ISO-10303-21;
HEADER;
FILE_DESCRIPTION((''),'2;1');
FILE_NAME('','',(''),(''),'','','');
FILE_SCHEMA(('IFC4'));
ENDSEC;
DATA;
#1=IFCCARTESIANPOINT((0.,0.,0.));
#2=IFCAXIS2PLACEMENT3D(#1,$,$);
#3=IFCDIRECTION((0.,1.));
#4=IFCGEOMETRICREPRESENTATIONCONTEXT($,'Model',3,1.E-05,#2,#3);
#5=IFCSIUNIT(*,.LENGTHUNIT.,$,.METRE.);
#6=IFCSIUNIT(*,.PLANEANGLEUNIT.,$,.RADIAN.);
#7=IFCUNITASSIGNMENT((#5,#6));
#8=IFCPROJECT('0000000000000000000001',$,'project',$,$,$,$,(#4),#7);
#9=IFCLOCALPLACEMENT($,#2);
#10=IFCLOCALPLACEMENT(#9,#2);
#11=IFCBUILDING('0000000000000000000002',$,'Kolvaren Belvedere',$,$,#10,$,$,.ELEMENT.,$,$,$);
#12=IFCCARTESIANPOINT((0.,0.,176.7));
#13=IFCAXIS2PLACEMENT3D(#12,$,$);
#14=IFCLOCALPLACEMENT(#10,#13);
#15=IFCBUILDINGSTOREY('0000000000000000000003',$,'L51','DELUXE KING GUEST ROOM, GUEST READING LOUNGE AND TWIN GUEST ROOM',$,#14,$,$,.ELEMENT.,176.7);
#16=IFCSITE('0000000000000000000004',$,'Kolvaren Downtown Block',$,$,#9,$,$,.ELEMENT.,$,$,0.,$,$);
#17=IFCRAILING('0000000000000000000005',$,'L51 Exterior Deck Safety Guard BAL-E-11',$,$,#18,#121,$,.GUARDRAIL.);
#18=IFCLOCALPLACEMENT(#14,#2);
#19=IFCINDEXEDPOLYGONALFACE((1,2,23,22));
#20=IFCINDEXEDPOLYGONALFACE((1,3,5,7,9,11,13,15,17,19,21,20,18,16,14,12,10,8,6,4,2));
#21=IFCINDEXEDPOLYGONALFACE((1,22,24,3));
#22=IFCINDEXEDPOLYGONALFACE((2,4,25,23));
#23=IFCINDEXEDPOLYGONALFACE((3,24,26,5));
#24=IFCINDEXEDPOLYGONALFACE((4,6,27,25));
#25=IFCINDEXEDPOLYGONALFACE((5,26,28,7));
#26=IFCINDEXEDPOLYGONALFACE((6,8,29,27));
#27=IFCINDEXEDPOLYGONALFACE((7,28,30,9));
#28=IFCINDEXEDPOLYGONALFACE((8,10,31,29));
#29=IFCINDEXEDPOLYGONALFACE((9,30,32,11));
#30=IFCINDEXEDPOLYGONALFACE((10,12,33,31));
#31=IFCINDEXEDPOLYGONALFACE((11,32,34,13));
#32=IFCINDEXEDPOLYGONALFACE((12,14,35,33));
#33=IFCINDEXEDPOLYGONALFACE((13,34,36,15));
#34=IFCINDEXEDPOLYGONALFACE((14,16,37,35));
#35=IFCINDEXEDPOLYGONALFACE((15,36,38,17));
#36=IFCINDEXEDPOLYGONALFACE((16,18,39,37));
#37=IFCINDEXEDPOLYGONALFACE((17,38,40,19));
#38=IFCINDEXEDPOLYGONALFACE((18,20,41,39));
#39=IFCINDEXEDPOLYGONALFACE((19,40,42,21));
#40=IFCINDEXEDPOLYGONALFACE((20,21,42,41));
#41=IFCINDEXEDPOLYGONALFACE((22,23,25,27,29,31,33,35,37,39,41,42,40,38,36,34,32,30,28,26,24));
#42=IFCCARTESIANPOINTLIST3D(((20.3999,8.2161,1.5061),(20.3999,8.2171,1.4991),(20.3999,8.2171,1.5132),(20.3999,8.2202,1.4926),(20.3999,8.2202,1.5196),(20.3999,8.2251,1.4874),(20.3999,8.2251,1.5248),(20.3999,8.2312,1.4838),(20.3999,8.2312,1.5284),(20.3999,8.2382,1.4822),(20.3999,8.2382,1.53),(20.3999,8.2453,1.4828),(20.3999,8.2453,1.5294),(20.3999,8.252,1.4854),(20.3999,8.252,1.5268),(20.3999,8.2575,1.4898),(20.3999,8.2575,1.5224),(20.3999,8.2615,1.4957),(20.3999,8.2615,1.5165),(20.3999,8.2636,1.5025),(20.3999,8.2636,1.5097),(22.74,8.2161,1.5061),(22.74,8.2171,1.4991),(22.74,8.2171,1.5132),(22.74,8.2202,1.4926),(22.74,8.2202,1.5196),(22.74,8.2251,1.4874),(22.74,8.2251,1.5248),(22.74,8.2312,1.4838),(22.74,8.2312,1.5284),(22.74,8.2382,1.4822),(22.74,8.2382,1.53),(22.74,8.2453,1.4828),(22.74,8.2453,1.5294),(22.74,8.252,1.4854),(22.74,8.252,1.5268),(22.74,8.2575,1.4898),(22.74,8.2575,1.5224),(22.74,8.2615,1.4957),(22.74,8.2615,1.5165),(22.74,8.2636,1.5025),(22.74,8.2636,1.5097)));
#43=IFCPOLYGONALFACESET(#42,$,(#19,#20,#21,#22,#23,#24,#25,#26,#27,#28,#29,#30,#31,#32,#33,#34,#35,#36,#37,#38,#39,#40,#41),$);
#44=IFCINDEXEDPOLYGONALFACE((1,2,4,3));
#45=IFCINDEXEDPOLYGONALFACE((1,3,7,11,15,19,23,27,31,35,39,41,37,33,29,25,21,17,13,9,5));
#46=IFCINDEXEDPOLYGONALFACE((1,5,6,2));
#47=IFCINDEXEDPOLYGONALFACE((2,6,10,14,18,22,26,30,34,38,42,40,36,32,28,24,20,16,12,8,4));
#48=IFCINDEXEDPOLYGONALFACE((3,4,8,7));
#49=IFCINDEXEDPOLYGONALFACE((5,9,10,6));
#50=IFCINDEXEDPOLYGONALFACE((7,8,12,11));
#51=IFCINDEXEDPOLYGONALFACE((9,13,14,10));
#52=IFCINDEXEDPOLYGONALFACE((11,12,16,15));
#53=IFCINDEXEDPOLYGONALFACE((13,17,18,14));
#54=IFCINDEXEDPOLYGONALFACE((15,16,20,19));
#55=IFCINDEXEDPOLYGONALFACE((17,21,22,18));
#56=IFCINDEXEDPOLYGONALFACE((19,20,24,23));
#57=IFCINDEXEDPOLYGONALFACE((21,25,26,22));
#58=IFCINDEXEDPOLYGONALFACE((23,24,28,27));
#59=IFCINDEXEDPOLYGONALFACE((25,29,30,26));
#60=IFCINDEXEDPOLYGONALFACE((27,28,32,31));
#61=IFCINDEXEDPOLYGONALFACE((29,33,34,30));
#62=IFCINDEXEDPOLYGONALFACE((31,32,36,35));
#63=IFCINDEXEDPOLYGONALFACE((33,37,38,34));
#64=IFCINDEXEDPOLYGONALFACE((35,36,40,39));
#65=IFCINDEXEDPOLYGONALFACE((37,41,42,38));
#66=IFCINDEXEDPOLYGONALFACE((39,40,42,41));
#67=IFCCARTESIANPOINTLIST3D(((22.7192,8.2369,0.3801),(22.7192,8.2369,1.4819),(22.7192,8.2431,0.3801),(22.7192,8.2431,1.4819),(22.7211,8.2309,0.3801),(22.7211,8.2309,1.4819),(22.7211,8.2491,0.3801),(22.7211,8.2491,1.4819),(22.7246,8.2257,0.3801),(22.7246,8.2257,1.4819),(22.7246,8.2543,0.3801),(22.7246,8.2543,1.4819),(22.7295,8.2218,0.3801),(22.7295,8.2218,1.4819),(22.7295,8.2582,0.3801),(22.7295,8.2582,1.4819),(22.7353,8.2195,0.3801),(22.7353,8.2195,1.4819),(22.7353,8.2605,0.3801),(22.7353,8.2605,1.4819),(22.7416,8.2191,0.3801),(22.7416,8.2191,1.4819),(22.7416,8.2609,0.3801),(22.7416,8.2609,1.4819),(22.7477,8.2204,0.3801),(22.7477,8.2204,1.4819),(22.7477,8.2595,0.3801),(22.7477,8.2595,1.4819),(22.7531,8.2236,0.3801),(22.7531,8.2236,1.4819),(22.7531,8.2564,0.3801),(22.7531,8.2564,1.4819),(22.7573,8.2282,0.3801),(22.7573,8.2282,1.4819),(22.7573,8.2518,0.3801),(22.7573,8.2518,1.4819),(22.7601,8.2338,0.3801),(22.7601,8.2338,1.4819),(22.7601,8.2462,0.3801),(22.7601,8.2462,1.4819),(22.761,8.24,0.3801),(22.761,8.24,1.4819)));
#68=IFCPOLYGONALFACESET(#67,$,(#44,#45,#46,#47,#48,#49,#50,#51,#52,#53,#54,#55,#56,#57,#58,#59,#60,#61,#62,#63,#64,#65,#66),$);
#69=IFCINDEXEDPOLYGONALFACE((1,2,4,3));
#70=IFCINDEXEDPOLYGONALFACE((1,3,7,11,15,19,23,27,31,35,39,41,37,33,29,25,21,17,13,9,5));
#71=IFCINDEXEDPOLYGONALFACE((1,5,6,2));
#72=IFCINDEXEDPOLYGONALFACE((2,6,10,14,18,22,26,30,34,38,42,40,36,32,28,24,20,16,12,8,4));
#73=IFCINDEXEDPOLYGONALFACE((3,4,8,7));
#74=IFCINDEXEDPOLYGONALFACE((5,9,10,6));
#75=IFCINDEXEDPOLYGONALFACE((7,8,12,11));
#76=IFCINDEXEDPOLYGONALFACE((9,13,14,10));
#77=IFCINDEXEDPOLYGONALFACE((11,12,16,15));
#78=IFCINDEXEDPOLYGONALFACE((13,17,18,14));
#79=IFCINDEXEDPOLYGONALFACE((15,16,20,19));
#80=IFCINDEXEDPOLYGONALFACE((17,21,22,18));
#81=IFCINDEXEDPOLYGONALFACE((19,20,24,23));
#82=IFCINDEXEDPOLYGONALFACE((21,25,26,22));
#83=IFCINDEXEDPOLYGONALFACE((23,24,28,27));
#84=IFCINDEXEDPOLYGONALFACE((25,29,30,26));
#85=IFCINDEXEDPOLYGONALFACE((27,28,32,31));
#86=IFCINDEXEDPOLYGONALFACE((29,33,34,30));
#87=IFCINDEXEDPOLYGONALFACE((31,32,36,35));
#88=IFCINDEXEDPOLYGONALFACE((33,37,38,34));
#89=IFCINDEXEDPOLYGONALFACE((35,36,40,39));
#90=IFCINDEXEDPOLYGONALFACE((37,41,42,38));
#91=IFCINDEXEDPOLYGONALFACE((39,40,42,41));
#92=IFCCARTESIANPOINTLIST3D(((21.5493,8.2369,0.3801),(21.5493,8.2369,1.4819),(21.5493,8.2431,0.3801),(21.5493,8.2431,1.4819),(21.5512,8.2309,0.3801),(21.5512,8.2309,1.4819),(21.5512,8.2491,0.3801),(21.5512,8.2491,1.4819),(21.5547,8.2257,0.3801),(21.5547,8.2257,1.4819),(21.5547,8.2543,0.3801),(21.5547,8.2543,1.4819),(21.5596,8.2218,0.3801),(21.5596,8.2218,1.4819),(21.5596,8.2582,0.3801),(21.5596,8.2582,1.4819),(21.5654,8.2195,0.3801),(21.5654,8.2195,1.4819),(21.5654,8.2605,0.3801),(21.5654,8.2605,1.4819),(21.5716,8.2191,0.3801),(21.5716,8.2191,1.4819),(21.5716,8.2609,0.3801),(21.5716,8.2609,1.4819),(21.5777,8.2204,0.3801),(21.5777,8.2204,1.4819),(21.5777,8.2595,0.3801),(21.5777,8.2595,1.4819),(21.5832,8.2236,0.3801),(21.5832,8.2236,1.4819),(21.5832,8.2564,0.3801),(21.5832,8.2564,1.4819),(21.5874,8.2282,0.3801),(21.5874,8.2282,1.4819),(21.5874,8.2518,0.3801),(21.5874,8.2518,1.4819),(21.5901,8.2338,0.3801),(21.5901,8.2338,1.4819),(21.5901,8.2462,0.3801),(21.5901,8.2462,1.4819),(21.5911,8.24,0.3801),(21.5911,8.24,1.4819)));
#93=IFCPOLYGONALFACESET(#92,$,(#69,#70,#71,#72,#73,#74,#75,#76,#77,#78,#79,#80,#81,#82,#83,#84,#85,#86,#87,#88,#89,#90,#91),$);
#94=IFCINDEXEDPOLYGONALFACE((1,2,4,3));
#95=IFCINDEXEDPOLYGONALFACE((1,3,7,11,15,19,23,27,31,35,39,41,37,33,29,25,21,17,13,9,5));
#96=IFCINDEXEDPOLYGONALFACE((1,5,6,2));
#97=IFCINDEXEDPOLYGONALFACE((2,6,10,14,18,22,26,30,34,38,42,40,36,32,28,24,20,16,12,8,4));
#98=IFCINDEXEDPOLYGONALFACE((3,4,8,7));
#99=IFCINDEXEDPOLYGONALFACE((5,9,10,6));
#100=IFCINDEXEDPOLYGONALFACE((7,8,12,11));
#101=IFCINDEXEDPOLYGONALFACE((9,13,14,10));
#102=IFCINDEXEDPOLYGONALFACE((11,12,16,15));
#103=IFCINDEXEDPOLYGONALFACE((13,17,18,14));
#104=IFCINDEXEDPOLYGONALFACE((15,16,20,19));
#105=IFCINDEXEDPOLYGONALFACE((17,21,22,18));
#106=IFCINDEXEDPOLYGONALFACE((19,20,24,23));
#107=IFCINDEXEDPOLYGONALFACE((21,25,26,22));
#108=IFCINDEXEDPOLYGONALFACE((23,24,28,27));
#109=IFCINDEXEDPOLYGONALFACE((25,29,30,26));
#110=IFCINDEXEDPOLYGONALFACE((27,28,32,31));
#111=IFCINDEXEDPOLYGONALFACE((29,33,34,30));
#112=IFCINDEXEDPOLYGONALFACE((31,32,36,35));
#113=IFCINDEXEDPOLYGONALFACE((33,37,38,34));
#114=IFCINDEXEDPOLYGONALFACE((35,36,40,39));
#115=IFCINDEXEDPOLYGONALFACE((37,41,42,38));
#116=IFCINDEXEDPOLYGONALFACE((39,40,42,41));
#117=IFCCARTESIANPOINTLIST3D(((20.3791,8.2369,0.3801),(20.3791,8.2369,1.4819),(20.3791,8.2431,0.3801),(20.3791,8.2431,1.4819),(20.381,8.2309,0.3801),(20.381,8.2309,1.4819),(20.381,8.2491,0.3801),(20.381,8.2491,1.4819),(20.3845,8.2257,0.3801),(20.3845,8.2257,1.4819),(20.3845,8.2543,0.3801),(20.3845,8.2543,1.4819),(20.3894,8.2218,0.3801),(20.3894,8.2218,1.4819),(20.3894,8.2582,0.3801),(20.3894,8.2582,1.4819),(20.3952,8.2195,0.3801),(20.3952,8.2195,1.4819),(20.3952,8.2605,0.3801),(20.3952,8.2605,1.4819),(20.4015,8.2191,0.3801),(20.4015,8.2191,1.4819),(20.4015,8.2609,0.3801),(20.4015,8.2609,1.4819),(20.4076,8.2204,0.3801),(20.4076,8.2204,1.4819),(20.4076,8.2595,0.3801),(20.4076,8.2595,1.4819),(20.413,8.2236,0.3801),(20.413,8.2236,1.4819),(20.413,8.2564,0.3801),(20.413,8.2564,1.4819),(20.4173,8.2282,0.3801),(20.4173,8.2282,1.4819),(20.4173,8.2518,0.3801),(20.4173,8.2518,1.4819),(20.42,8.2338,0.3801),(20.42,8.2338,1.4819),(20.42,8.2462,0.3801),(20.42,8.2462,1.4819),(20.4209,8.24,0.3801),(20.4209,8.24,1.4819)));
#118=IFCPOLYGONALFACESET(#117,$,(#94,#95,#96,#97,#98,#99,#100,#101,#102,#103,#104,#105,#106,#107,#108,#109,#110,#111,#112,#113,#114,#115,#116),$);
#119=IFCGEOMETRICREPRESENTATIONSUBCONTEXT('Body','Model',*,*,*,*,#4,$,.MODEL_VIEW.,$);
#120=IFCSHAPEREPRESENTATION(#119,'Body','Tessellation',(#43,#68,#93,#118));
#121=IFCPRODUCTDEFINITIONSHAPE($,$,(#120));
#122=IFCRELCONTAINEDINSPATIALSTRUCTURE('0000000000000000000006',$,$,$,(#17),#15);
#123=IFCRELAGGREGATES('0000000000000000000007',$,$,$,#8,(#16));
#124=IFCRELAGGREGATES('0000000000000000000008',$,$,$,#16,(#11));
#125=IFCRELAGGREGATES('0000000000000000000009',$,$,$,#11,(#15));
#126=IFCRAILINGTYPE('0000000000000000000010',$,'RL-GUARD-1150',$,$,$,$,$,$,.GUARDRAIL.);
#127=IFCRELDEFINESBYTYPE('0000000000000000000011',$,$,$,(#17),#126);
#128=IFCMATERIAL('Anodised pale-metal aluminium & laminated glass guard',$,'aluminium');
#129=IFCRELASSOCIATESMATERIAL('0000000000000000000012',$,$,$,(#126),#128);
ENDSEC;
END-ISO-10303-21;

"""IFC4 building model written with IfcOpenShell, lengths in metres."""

from ifc_helpers import new_model, si_unit, direction, frame, origin, origin_2d, place, context, subcontext, project, spatial, circle, extrude, material, type_object, element, save


model = new_model("IFC4")

# Units and contexts
model_context = context("Model", 3, precision=1e-05, world=origin(), true_north=direction((0.0, 1.0)))
body_context = subcontext(model_context, "Body", "Model", "MODEL_VIEW")
ifc_project = project(units=[si_unit("LENGTHUNIT", "METRE"), si_unit("PLANEANGLEUNIT", "RADIAN")], contexts=[model_context])

# Site, building, storey
site_placement = place(None, origin())
site = spatial("IfcSite", under=ifc_project, at=site_placement, Name="Kolvaren Downtown Block", CompositionType="ELEMENT", RefElevation=0.0)
building_placement = place(site_placement, origin())
building = spatial("IfcBuilding", under=site, at=building_placement, Name="Kolvaren Belvedere", CompositionType="ELEMENT")
storey_placement = place(building_placement, frame((0.0, 0.0, 176.7)))
storey = spatial("IfcBuildingStorey", under=building, at=storey_placement, Name="L51", Description="DELUXE KING GUEST ROOM, GUEST READING LOUNGE AND TWIN GUEST ROOM", CompositionType="ELEMENT", Elevation=176.7)

# Railing
ifc_material_1 = material(Name="Anodised pale-metal aluminium & laminated glass guard", Category="aluminium")
railing_type = type_object("IfcRailingType", Name="RL-GUARD-1150", PredefinedType="GUARDRAIL", material=ifc_material_1)
railing_1_placement = place(storey_placement, frame((22.74, 8.24, 0.3801)))
element("IfcRailing", 1, at=railing_1_placement, inside=storey, type_object=railing_type, Name="L51 Exterior Deck Safety Guard BAL-E-11", PredefinedType="GUARDRAIL", context=body_context, shape_type="SweptSolid", body=[
    extrude(circle(Radius=0.0239, at=origin_2d()), frame((0.0, 0.0, 1.126), z_axis=(-1.0, 0.0, 0.0), x_axis=(0.0, -1.0, 0.0)), (0.0, 0.0, 1.0), 2.3401),
    extrude(circle(Radius=0.021, at=origin_2d()), origin(), (0.0, 0.0, 1.0), 1.1018),
    extrude(circle(Radius=0.021, at=origin_2d()), frame((-1.1699, 0.0, 0.0)), (0.0, 0.0, 1.0), 1.1018),
    extrude(circle(Radius=0.021, at=origin_2d()), frame((-2.3401, 0.0, 0.0)), (0.0, 0.0, 1.0), 1.1018),
])

save(model, "model.ifc")
